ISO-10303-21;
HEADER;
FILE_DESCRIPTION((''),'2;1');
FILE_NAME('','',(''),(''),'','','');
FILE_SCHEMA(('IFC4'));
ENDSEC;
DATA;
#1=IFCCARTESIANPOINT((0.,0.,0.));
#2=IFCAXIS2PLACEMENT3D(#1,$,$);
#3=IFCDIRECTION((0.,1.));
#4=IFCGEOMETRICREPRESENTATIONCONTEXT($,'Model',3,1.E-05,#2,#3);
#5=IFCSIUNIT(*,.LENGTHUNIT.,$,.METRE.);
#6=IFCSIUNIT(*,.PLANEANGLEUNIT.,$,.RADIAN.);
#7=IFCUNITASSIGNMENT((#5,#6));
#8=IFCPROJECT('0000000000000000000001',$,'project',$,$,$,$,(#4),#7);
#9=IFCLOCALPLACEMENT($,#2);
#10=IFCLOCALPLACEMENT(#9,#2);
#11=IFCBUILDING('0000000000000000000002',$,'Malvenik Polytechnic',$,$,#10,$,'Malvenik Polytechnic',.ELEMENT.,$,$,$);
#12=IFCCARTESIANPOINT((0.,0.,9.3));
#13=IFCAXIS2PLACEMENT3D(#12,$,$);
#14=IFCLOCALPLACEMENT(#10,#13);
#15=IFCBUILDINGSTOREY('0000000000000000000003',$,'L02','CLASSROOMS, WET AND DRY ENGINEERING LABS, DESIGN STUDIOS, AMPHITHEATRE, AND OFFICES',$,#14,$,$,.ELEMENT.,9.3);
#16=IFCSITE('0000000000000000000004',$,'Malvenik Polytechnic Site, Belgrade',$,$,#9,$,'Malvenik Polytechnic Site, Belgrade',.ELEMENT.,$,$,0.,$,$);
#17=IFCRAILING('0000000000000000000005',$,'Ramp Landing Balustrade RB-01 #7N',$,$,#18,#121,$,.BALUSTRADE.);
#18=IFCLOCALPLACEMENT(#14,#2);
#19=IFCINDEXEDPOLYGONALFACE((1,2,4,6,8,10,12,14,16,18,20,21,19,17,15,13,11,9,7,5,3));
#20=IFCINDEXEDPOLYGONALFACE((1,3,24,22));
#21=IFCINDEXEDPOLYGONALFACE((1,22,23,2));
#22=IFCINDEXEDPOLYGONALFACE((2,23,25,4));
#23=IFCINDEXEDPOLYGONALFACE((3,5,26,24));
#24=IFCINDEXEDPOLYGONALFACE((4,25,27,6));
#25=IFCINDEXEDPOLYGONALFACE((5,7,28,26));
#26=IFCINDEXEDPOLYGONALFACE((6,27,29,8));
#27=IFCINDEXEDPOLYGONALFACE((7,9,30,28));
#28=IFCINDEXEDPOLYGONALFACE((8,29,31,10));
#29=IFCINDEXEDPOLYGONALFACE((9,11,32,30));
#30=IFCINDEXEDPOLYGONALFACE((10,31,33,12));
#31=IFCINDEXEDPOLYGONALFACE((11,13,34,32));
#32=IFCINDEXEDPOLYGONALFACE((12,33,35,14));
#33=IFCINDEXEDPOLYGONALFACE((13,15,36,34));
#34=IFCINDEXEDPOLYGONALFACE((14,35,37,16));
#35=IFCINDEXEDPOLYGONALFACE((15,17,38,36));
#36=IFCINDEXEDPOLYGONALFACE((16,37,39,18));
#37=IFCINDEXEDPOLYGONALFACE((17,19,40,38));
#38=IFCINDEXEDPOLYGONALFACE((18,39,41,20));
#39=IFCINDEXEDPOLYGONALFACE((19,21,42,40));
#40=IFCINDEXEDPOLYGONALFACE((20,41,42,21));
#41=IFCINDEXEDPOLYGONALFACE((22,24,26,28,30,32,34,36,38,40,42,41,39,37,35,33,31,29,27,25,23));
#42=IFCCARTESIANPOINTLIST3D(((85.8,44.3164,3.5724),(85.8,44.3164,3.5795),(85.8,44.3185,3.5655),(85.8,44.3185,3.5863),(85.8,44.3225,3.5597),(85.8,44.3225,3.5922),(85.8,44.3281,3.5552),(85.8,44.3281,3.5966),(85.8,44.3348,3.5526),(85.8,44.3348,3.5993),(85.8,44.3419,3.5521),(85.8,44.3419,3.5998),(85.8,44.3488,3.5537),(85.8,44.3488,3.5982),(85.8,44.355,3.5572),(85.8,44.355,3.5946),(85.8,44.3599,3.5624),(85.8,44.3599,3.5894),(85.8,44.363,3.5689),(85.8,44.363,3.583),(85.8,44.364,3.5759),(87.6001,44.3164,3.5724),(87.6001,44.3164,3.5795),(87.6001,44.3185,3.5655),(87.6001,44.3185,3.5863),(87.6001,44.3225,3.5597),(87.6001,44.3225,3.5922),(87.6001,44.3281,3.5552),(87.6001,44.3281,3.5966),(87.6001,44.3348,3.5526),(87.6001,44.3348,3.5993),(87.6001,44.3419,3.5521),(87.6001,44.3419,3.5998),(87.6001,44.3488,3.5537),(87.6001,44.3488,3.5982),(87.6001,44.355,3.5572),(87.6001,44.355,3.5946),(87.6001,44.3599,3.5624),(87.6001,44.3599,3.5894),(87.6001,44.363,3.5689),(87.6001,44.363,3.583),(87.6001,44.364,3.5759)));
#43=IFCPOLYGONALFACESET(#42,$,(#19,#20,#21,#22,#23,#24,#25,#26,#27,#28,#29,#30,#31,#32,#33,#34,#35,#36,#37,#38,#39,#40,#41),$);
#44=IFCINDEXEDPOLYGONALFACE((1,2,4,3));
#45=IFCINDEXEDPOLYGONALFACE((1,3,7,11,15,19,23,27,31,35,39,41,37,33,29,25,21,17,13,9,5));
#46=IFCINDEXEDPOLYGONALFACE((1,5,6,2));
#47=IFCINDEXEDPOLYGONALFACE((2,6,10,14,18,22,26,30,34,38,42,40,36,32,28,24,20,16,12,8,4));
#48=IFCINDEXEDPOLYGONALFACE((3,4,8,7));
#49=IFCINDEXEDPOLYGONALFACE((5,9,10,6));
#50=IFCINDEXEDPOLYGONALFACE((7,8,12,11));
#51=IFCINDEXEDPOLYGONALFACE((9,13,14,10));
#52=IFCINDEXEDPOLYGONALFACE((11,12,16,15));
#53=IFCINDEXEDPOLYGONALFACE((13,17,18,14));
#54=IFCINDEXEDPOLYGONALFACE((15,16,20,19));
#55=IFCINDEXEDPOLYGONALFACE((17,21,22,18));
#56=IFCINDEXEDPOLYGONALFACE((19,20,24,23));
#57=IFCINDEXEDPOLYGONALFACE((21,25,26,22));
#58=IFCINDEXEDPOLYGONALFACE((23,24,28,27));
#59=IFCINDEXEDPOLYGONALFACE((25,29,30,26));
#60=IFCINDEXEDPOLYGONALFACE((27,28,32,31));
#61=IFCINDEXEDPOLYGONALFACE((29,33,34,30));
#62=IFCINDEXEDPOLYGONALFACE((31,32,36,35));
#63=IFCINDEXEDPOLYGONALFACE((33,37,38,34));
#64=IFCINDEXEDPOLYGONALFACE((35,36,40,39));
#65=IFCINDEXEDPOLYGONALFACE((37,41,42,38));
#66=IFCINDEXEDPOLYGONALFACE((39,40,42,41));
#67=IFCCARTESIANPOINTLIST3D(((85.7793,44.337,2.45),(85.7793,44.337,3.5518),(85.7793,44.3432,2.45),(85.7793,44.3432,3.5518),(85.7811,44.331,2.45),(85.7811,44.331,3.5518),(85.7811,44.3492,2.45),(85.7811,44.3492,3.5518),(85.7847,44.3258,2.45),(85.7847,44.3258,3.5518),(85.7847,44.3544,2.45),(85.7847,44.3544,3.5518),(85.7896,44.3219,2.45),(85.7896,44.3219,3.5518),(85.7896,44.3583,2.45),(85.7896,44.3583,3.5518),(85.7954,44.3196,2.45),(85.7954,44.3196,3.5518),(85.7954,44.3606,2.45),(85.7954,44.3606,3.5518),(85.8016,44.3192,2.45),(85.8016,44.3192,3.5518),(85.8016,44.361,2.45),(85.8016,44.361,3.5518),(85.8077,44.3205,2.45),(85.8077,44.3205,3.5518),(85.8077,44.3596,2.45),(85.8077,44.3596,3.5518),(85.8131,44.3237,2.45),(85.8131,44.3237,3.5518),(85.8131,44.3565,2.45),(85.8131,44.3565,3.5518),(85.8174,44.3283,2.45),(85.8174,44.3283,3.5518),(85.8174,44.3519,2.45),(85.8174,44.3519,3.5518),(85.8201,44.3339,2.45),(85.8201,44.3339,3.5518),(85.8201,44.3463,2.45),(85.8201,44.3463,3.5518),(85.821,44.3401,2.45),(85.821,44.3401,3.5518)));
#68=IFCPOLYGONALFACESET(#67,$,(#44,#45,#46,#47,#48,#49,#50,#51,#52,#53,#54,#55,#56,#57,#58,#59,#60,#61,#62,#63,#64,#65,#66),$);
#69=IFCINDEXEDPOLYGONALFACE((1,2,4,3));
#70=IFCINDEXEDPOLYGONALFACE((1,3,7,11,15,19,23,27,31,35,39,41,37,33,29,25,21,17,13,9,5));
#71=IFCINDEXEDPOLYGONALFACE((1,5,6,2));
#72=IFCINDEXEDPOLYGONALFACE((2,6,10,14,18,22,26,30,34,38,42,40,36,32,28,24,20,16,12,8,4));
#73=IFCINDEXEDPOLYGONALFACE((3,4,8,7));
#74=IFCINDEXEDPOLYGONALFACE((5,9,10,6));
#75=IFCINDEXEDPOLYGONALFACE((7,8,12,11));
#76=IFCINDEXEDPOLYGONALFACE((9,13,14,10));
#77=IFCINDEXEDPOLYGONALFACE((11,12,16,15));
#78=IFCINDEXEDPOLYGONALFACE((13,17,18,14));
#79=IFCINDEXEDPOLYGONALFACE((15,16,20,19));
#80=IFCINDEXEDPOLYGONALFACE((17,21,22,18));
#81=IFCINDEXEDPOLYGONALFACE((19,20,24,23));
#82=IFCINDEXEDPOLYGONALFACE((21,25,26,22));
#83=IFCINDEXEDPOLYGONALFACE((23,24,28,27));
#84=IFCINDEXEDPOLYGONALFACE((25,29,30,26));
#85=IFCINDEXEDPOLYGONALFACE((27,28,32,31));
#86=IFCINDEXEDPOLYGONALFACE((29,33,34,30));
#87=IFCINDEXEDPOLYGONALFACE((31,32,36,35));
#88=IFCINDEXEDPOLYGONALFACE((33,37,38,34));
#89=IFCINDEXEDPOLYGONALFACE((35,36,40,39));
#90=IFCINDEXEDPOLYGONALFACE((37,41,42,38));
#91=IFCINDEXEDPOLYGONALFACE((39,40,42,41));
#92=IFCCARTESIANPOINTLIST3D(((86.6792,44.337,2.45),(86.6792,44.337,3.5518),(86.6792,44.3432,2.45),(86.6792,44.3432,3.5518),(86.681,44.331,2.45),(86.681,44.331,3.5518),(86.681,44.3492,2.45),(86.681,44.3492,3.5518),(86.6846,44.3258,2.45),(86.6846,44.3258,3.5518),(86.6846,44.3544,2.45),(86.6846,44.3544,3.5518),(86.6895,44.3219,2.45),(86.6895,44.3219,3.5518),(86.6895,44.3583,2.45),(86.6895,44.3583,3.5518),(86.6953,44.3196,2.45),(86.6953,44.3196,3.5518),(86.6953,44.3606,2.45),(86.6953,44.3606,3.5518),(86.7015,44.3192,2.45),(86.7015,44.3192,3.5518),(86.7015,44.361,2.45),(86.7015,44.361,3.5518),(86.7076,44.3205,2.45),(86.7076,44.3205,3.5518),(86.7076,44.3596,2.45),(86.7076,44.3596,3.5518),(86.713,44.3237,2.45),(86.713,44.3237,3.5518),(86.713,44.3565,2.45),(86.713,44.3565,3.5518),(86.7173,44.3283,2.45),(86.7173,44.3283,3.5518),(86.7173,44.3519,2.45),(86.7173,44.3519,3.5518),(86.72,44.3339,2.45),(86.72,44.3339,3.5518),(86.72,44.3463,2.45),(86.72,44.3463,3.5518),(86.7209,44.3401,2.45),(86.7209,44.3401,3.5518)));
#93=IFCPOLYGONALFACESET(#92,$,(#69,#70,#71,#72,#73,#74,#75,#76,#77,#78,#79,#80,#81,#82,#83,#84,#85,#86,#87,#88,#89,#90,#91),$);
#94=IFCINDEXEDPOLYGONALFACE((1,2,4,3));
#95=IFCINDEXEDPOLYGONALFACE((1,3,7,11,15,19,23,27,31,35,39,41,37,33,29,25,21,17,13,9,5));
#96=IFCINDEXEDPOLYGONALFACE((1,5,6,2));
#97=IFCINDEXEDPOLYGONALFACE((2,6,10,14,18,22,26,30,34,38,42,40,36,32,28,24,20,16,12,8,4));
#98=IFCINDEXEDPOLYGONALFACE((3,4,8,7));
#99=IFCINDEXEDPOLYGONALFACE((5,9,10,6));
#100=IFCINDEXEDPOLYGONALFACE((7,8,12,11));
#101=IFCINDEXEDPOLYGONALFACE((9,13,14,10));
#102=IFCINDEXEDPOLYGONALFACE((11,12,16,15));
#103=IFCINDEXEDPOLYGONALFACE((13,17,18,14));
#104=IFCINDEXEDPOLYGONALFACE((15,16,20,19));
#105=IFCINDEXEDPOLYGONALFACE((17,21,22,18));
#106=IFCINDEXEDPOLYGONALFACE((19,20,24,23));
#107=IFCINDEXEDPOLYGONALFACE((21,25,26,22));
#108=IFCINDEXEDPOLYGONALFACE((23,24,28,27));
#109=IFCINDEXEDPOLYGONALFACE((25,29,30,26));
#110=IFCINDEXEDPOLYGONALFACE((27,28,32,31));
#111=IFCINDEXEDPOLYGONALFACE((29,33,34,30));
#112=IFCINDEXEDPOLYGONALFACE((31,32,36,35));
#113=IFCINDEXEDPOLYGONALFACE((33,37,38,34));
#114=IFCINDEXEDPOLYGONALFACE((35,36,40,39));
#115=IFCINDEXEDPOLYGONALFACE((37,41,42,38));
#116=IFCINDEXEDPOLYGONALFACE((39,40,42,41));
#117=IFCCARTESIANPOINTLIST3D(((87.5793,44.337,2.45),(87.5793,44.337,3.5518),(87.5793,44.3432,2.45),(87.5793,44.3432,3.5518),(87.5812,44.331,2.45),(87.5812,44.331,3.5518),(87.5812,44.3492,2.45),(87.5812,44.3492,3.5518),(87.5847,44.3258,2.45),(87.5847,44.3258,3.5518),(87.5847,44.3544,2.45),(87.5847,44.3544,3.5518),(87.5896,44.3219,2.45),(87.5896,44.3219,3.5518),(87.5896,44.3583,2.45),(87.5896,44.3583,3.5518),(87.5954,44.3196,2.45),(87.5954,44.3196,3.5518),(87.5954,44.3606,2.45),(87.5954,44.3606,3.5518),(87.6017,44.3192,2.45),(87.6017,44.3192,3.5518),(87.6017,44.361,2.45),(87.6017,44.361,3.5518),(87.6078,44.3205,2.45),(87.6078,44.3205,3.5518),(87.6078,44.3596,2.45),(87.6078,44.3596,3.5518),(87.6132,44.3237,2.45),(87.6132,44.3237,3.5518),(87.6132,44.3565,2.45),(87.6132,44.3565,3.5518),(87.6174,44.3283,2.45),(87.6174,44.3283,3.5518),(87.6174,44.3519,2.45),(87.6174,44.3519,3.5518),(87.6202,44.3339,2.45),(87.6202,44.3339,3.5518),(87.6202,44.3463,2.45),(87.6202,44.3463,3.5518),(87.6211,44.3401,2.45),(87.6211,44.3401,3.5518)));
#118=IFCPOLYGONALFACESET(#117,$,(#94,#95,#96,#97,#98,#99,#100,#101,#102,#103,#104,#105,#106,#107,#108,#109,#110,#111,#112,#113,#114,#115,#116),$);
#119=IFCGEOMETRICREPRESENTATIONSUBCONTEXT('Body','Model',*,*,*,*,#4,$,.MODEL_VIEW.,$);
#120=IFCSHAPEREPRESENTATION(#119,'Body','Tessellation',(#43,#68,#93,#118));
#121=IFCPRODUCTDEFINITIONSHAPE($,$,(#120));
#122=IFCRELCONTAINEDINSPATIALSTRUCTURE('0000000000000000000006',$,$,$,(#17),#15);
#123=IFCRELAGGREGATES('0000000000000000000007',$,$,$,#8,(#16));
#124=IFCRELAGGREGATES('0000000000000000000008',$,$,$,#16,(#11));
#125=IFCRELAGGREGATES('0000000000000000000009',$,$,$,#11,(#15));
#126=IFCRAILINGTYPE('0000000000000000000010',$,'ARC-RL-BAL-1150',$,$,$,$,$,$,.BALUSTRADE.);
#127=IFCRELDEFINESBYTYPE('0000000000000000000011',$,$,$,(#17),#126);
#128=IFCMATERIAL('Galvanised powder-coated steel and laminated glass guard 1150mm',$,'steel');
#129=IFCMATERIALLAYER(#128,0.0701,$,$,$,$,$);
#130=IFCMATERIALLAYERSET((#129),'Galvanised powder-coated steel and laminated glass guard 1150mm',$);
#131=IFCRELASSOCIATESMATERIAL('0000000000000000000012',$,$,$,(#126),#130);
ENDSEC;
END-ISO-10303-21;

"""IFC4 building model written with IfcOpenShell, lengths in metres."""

from ifc_helpers import new_model, si_unit, direction, frame, origin, origin_2d, place, context, subcontext, project, spatial, circle, extrude, material, layer, layer_set, type_object, element, save


model = new_model("IFC4")

# Units and contexts
model_context = context("Model", 3, precision=1e-05, world=origin(), true_north=direction((0.0, 1.0)))
body_context = subcontext(model_context, "Body", "Model", "MODEL_VIEW")
ifc_project = project(units=[si_unit("LENGTHUNIT", "METRE"), si_unit("PLANEANGLEUNIT", "RADIAN")], contexts=[model_context])

# Site, building, storey
site_placement = place(None, origin())
site = spatial("IfcSite", under=ifc_project, at=site_placement, Name="Malvenik Polytechnic Site, Belgrade", LongName="Malvenik Polytechnic Site, Belgrade", CompositionType="ELEMENT", RefElevation=0.0)
building_placement = place(site_placement, origin())
building = spatial("IfcBuilding", under=site, at=building_placement, Name="Malvenik Polytechnic", LongName="Malvenik Polytechnic", CompositionType="ELEMENT")
storey_placement = place(building_placement, frame((0.0, 0.0, 9.3)))
storey = spatial("IfcBuildingStorey", under=building, at=storey_placement, Name="L02", Description="CLASSROOMS, WET AND DRY ENGINEERING LABS, DESIGN STUDIOS, AMPHITHEATRE, AND OFFICES", CompositionType="ELEMENT", Elevation=9.3)

# Railing
ifc_material_1 = material(Name="Galvanised powder-coated steel and laminated glass guard 1150mm", Category="steel")
ifc_layer_1 = layer(ifc_material_1, 0.0701)
ifc_layer_set_1 = layer_set([ifc_layer_1], Name="Galvanised powder-coated steel and laminated glass guard 1150mm")
railing_type = type_object("IfcRailingType", Name="ARC-RL-BAL-1150", PredefinedType="BALUSTRADE", material=ifc_layer_set_1)
railing_placement = place(storey_placement, frame((85.8, 44.3401, 2.45)))
element("IfcRailing", 1, at=railing_placement, inside=storey, type_object=railing_type, Name="Ramp Landing Balustrade RB-01 #7N", PredefinedType="BALUSTRADE", context=body_context, shape_type="SweptSolid", body=[
    extrude(circle(Radius=0.0239, at=origin_2d()), frame((0.0, 0.0, 1.126), z_axis=(1.0, 0.0, 0.0), x_axis=(0.0, 1.0, 0.0)), (0.0, 0.0, 1.0), 1.8),
    extrude(circle(Radius=0.021, at=origin_2d()), origin(), (0.0, 0.0, 1.0), 1.1018),
    extrude(circle(Radius=0.021, at=origin_2d()), frame((0.8999, 0.0, 0.0)), (0.0, 0.0, 1.0), 1.1018),
    extrude(circle(Radius=0.021, at=origin_2d()), frame((1.8, 0.0, 0.0)), (0.0, 0.0, 1.0), 1.1018),
])

save(model, "model.ifc")
